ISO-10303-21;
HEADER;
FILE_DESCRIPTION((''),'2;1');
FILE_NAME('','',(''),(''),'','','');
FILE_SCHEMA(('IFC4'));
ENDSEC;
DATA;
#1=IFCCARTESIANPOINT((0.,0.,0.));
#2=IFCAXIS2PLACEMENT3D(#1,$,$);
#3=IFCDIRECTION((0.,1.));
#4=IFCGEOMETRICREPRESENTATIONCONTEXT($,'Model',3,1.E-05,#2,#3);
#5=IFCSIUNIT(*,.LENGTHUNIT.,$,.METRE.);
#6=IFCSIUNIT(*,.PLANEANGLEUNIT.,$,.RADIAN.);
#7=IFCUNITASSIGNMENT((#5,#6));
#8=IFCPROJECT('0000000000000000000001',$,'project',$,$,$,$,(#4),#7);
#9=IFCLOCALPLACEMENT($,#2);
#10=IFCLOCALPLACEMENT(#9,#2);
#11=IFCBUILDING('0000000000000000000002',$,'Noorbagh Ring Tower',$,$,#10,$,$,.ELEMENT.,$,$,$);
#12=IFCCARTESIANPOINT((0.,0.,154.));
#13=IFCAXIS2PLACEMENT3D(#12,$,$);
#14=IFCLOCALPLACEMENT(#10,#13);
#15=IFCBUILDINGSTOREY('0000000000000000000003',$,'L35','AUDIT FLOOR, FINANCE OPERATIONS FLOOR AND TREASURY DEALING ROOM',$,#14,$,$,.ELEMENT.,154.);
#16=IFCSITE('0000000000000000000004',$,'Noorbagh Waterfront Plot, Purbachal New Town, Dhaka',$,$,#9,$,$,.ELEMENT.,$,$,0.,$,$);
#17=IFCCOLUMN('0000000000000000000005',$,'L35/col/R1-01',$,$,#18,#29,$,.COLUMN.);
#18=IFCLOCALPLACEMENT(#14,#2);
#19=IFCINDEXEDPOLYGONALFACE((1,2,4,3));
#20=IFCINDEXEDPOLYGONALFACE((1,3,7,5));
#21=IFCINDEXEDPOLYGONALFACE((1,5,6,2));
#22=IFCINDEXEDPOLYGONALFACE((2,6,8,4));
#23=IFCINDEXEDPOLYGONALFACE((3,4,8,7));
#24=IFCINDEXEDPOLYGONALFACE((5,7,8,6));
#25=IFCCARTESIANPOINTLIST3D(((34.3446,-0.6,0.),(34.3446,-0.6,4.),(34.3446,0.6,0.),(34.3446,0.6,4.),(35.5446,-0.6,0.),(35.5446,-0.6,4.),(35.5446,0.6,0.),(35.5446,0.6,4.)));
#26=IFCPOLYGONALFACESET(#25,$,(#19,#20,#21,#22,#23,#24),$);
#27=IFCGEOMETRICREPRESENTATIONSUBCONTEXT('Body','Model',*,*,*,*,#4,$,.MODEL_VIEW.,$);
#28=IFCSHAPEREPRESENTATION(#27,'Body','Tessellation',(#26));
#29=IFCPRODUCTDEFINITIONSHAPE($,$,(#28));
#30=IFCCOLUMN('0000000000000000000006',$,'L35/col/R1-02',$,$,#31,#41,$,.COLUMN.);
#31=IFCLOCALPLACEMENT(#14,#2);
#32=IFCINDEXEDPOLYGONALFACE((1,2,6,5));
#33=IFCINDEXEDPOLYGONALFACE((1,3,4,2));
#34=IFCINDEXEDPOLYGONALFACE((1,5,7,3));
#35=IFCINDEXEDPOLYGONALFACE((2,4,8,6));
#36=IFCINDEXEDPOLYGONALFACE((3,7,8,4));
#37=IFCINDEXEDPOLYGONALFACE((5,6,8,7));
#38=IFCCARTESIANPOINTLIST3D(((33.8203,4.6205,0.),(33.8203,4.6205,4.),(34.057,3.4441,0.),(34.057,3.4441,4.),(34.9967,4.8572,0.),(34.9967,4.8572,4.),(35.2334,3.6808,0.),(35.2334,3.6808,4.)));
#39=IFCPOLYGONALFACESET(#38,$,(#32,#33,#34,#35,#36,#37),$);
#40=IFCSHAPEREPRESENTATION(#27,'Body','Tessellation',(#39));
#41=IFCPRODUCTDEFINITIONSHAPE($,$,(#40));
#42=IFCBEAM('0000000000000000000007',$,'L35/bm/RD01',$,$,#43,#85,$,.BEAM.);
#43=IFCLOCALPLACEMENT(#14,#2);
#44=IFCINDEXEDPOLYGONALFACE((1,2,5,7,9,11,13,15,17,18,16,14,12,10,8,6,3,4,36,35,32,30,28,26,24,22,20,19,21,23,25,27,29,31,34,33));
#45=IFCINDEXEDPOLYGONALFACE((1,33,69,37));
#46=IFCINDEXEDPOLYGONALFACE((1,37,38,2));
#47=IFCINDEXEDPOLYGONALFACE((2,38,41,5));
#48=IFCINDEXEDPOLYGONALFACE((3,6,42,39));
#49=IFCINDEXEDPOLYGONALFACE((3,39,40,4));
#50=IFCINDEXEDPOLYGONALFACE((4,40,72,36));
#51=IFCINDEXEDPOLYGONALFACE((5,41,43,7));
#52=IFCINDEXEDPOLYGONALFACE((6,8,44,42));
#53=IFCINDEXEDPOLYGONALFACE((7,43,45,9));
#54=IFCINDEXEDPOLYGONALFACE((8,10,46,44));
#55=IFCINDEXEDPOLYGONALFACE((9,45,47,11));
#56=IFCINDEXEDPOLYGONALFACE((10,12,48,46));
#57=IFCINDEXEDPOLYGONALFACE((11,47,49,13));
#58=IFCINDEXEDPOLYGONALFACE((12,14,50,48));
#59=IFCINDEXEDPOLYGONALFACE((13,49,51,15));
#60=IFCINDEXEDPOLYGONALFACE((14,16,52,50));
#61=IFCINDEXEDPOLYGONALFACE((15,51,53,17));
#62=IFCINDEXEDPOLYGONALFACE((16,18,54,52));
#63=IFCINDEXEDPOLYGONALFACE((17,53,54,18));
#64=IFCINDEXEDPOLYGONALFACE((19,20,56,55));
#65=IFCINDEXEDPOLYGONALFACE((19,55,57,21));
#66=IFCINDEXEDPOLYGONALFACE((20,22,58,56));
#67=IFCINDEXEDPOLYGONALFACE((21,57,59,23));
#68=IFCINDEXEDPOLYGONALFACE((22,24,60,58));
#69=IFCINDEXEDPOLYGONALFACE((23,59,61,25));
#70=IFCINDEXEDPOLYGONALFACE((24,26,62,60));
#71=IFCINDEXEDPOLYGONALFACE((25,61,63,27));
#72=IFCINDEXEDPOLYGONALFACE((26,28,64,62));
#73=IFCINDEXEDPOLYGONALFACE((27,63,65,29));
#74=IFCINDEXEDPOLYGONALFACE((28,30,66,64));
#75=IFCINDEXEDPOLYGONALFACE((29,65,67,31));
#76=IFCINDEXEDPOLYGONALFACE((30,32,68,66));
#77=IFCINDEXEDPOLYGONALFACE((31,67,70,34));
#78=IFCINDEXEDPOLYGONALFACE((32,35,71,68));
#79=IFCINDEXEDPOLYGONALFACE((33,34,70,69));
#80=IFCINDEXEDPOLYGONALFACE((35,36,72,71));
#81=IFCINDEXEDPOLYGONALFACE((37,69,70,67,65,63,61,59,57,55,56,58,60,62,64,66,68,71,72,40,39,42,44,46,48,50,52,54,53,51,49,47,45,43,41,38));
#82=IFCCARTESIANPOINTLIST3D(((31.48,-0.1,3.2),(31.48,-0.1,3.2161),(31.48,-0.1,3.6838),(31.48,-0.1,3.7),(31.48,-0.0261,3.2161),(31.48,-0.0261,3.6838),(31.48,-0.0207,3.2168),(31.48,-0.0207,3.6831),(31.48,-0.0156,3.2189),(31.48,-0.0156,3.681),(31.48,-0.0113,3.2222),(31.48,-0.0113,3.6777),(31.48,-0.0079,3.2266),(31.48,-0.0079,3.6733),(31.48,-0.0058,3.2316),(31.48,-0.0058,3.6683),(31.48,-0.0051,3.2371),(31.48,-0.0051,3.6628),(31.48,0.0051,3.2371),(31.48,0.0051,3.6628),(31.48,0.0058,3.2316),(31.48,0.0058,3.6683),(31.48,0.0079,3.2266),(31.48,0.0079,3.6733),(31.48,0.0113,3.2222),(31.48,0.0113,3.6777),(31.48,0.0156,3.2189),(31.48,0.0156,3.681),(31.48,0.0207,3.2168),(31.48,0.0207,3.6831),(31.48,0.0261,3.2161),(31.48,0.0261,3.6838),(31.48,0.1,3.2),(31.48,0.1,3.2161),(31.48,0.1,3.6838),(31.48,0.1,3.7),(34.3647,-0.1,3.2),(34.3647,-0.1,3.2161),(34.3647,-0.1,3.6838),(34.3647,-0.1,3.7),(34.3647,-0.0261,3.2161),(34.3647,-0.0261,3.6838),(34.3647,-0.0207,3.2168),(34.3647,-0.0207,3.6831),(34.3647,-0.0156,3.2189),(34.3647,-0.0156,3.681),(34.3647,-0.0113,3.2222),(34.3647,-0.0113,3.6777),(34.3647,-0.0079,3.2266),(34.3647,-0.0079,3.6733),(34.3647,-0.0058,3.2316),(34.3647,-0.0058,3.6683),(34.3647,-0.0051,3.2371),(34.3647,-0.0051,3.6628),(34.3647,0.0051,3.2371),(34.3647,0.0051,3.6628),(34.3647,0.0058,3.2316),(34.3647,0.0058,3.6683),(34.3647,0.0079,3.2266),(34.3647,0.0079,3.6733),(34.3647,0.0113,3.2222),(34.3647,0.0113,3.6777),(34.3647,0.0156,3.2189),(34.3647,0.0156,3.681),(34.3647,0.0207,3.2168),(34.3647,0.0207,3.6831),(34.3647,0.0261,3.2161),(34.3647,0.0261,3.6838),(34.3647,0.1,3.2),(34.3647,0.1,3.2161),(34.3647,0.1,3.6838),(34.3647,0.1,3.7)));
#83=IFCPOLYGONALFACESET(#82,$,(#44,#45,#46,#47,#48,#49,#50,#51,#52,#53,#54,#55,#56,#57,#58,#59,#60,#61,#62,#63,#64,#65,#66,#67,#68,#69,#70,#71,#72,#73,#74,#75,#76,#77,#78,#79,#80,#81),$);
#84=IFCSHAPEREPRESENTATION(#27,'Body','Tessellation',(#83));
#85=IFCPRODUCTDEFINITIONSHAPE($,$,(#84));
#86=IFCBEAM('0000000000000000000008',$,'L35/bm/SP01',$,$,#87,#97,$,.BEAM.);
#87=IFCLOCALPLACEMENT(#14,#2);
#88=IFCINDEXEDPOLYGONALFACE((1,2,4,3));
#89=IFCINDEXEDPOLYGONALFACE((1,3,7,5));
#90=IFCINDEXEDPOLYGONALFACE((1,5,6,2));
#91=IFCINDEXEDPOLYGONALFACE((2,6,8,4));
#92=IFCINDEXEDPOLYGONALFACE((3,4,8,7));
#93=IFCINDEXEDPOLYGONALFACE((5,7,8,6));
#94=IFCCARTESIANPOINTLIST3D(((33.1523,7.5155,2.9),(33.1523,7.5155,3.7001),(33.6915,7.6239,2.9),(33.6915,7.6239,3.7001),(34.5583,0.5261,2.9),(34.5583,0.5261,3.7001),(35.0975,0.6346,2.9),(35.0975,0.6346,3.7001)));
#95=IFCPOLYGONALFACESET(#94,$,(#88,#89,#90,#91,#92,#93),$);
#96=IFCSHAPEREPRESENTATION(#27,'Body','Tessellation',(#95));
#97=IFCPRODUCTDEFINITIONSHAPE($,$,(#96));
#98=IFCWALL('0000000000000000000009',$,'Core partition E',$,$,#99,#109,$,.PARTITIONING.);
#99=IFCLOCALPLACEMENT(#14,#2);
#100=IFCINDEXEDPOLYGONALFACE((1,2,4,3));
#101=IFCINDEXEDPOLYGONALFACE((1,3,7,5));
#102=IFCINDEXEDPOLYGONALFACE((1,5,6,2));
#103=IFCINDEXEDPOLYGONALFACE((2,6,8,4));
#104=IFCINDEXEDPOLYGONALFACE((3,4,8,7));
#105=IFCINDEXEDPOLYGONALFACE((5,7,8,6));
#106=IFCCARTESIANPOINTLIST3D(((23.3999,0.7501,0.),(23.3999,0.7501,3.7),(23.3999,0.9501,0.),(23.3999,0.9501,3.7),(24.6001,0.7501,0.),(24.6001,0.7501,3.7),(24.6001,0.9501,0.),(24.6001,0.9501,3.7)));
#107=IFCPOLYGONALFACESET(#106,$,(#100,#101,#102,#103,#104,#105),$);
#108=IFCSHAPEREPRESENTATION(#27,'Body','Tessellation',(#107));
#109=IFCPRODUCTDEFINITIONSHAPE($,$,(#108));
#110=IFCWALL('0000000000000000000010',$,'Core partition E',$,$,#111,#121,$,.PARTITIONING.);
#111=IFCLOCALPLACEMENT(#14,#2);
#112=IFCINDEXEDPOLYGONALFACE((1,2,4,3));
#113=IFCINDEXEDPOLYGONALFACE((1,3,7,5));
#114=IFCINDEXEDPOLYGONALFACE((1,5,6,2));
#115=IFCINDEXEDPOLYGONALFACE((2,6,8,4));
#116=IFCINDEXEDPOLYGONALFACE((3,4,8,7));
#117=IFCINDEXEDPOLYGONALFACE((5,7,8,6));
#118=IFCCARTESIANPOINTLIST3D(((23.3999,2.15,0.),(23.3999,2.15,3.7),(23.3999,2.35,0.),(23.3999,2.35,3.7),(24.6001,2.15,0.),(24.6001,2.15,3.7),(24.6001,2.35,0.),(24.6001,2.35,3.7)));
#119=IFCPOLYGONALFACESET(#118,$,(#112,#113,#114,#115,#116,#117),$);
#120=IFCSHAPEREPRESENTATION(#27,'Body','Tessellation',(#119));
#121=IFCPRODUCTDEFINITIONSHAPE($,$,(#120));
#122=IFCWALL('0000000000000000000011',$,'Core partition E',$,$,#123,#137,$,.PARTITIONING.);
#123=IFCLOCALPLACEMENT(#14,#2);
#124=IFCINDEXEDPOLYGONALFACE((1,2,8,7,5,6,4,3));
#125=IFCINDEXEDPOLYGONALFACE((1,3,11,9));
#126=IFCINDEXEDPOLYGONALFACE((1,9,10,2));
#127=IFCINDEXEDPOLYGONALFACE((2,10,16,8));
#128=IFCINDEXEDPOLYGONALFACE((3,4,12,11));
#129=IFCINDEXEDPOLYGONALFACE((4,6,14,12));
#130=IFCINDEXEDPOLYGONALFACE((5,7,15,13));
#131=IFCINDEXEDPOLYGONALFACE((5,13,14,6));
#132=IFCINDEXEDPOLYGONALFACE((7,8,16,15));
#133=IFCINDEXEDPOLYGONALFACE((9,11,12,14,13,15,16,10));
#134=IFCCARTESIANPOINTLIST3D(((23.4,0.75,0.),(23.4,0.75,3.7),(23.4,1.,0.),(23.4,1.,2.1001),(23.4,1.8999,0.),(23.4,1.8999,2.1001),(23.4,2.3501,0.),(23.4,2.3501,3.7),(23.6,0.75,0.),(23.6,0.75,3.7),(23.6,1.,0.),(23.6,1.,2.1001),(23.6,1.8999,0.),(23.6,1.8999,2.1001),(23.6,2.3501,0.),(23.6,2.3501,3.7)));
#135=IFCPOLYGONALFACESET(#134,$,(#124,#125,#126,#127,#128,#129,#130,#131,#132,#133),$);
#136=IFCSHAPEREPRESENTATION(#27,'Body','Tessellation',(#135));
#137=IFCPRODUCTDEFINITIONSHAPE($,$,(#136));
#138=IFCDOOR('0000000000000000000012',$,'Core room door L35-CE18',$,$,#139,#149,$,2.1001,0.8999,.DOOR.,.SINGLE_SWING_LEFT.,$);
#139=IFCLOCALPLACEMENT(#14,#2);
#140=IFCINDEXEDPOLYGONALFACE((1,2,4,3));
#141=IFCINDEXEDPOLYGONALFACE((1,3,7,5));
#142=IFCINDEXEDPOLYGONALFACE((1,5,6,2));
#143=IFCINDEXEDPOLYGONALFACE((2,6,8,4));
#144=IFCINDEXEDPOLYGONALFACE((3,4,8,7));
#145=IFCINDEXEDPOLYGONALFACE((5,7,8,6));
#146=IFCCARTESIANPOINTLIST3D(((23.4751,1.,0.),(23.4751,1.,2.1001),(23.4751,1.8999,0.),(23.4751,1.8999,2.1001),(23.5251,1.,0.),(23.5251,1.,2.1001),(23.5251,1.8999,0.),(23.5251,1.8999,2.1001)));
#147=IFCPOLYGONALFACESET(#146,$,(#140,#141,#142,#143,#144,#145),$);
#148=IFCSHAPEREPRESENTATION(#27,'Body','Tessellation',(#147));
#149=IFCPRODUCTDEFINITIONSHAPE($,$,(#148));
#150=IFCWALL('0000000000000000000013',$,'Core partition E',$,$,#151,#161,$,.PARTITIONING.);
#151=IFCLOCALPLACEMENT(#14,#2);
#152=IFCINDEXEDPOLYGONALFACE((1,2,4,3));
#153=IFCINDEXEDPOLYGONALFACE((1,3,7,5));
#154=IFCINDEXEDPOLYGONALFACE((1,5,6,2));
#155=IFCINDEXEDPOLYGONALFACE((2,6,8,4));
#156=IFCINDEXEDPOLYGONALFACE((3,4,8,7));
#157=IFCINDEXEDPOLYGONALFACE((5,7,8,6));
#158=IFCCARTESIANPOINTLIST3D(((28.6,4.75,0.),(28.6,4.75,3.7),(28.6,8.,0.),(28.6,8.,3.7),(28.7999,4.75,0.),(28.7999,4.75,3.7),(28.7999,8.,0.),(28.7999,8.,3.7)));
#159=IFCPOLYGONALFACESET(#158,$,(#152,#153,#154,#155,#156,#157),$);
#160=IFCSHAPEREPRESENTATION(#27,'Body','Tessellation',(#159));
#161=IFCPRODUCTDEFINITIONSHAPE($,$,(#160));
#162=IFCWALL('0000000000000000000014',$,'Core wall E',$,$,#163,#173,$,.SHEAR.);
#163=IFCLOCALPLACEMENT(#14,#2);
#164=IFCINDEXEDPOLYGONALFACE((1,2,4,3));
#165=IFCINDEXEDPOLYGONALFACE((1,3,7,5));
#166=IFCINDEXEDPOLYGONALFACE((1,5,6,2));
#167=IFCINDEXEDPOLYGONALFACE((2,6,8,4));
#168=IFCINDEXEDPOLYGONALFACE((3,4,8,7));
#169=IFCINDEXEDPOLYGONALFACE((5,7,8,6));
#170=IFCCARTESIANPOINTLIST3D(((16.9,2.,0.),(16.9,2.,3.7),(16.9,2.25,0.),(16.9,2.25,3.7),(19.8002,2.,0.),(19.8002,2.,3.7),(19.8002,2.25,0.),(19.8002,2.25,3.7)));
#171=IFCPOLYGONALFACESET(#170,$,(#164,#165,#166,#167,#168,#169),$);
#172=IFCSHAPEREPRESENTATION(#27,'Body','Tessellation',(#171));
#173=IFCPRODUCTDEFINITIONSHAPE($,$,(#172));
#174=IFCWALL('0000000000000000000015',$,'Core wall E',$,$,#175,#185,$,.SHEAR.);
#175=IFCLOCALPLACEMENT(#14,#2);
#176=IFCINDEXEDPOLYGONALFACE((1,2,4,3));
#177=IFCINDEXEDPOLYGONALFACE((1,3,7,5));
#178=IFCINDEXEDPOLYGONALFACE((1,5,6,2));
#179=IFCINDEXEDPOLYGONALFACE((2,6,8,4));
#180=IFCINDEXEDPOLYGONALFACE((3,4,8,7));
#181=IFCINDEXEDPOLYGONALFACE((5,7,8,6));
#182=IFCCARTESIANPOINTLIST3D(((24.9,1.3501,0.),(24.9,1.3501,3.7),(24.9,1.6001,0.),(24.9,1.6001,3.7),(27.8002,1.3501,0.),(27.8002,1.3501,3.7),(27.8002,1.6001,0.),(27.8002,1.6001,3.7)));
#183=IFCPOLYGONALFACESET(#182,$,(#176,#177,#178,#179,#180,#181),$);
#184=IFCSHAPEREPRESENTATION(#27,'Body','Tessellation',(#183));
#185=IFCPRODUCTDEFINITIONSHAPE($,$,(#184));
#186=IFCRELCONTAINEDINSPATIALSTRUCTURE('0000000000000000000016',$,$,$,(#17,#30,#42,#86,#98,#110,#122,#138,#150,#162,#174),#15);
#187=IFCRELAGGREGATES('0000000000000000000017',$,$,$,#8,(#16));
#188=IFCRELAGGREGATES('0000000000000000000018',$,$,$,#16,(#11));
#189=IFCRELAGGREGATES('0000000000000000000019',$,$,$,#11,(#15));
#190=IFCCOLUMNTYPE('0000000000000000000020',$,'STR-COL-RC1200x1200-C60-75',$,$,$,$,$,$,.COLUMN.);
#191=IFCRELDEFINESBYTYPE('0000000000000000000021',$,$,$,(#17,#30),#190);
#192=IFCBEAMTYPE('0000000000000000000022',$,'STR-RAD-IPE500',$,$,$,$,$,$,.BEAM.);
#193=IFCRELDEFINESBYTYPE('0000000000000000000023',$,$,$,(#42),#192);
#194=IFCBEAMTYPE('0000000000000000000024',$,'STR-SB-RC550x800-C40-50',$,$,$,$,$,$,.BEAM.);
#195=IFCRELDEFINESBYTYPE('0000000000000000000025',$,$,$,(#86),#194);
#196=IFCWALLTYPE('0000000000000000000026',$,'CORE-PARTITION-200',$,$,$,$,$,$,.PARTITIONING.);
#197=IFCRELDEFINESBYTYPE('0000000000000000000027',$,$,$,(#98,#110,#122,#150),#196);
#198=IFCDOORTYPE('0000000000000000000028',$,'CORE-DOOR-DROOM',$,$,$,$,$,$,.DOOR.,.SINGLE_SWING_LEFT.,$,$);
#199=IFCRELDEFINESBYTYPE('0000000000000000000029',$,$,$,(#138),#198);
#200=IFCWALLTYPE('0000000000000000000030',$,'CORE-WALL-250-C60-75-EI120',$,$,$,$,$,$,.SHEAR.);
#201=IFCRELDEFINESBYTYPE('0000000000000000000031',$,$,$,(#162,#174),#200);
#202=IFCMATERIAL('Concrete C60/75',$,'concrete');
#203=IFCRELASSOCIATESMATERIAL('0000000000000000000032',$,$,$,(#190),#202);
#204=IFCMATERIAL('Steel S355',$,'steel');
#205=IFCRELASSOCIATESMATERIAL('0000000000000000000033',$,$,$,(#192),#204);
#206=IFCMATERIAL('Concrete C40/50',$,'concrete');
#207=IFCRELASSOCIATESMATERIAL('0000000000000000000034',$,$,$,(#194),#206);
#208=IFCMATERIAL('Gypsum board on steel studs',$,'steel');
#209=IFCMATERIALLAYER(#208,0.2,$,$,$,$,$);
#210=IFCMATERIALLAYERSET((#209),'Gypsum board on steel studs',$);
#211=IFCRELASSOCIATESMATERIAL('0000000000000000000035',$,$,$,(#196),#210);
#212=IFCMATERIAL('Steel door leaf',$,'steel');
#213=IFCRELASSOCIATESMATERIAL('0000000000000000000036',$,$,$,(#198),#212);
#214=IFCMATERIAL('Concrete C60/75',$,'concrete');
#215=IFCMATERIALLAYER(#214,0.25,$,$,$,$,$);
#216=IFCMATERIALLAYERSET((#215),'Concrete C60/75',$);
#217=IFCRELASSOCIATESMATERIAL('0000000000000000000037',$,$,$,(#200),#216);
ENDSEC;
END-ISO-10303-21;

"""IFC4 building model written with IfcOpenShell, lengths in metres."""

from ifc_helpers import new_model, si_unit, direction, frame, frame_2d, origin, origin_2d, place, context, subcontext, project, spatial, rectangle, i_section, extrude, material, layer, layer_set, material_profile, profile_set, type_object, element, fill, save


model = new_model("IFC4")

# Units and contexts
model_context = context("Model", 3, precision=1e-05, world=origin(), true_north=direction((0.0, 1.0)))
body_context = subcontext(model_context, "Body", "Model", "MODEL_VIEW")
ifc_project = project(units=[si_unit("LENGTHUNIT", "METRE"), si_unit("PLANEANGLEUNIT", "RADIAN")], contexts=[model_context])

# Site, building, storey
site_placement = place(None, origin())
site = spatial("IfcSite", under=ifc_project, at=site_placement, Name="Noorbagh Waterfront Plot, Purbachal New Town, Dhaka", CompositionType="ELEMENT", RefElevation=0.0)
building_placement = place(site_placement, origin())
building = spatial("IfcBuilding", under=site, at=building_placement, Name="Noorbagh Ring Tower", CompositionType="ELEMENT")
storey_placement = place(building_placement, frame((0.0, 0.0, 154.0)))
storey = spatial("IfcBuildingStorey", under=building, at=storey_placement, Name="L35", Description="AUDIT FLOOR, FINANCE OPERATIONS FLOOR AND TREASURY DEALING ROOM", CompositionType="ELEMENT", Elevation=154.0)

# Columns
ifc_material_1 = material(Name="Concrete C60/75", Category="concrete")
ifc_material_profile_1 = material_profile(ifc_material_1, rectangle(XDim=1.2, YDim=1.2, at=origin_2d()), Name="RC1200x1200")
ifc_profile_set_1 = profile_set([ifc_material_profile_1], Name="Concrete C60/75")
column_type = type_object("IfcColumnType", Name="STR-COL-RC1200x1200-C60-75", PredefinedType="COLUMN", material=ifc_profile_set_1)
for number, where, z_axis, x_axis, name in (
    (1, (34.9446, 0.0, 0.0), (0.0, 0.0, 1.0), (0.0, 1.0, 0.0), "L35/col/R1-01"),
    (2, (34.5269, 4.1506, 0.0), (0.0, 0.0, 1.0), (-0.19723, 0.980357, 0.0), "L35/col/R1-02"),
):
    element("IfcColumn", number, at=place(storey_placement, frame(where, z_axis=z_axis, x_axis=x_axis)), inside=storey, type_object=column_type, Name=name, PredefinedType="COLUMN", context=body_context, shape_type="SweptSolid", body=[
        extrude(rectangle(XDim=1.2, YDim=1.2, at=origin_2d()), origin(), (0.0, 0.0, 1.0), 4.0),
    ])

# Beams
ifc_material_2 = material(Name="Steel S355", Category="steel")
ifc_material_profile_2 = material_profile(ifc_material_2, i_section(OverallWidth=0.2, OverallDepth=0.5, WebThickness=0.0103, FlangeThickness=0.0161, FilletRadius=0.021, at=origin_2d()), Name="IPE500")
ifc_profile_set_2 = profile_set([ifc_material_profile_2], Name="Steel S355")
beam_type_1 = type_object("IfcBeamType", Name="STR-RAD-IPE500", PredefinedType="BEAM", material=ifc_profile_set_2)
beam_1_placement = place(storey_placement, frame((34.3647, 0.0, 3.45), z_axis=(-1.0, 0.0, 0.0), x_axis=(0.0, -1.0, 0.0)))
element("IfcBeam", 3, at=beam_1_placement, inside=storey, type_object=beam_type_1, Name="L35/bm/RD01", PredefinedType="BEAM", context=body_context, shape_type="SweptSolid", body=[
    extrude(i_section(OverallWidth=0.2, OverallDepth=0.5, WebThickness=0.0103, FlangeThickness=0.0161, FilletRadius=0.021, at=origin_2d()), origin(), (0.0, 0.0, 1.0), 2.8848),
])
ifc_material_3 = material(Name="Concrete C40/50", Category="concrete")
ifc_material_profile_3 = material_profile(ifc_material_3, rectangle(XDim=0.55, YDim=0.8, at=origin_2d()), Name="RC550x800")
ifc_profile_set_3 = profile_set([ifc_material_profile_3], Name="Concrete C40/50")
beam_type_2 = type_object("IfcBeamType", Name="STR-SB-RC550x800-C40-50", PredefinedType="BEAM", material=ifc_profile_set_3)
beam_2_placement = place(storey_placement, frame((34.8279, 0.5803, 3.3), z_axis=(-0.197209, 0.980361, 0.0), x_axis=(-0.980361, -0.197209, 0.0)))
element("IfcBeam", 4, at=beam_2_placement, inside=storey, type_object=beam_type_2, Name="L35/bm/SP01", PredefinedType="BEAM", context=body_context, shape_type="SweptSolid", body=[
    extrude(rectangle(XDim=0.55, YDim=0.8, at=origin_2d()), origin(), (0.0, 0.0, 1.0), 7.1294),
])

# Walls
ifc_material_4 = material(Name="Gypsum board on steel studs", Category="steel")
ifc_layer_1 = layer(ifc_material_4, 0.2)
ifc_layer_set_1 = layer_set([ifc_layer_1], Name="Gypsum board on steel studs")
wall_type_1 = type_object("IfcWallType", Name="CORE-PARTITION-200", PredefinedType="PARTITIONING", material=ifc_layer_set_1)
for number, where, z_axis, x_axis, name in (
    (5, (23.3999, 0.8501, 0.0), (0.0, 0.0, 1.0), (1.0, 0.0, 0.0), "Core partition E"),
    (6, (23.3999, 2.25, 0.0), (0.0, 0.0, 1.0), (1.0, 0.0, 0.0), "Core partition E"),
):
    element("IfcWall", number, at=place(storey_placement, frame(where, z_axis=z_axis, x_axis=x_axis)), inside=storey, type_object=wall_type_1, Name=name, PredefinedType="PARTITIONING", context=body_context, shape_type="SweptSolid", body=[
        extrude(rectangle(XDim=1.2002, YDim=0.2, at=frame_2d((0.6001, 0.0))), origin(), (0.0, 0.0, 1.0), 3.7),
    ])

# Wall, opening, door
wall_1_placement = place(storey_placement, frame((23.5, 0.75, 0.0), z_axis=(0.0, 0.0, 1.0), x_axis=(0.0, 1.0, 0.0)))
wall_1 = element("IfcWall", 7, at=wall_1_placement, inside=storey, type_object=wall_type_1, Name="Core partition E", PredefinedType="PARTITIONING", context=body_context, shape_type="SweptSolid", body=[
    extrude(rectangle(XDim=1.6001, YDim=0.2, at=frame_2d((0.8, 0.0))), origin(), (0.0, 0.0, 1.0), 3.7),
])
opening_1_placement = place(wall_1_placement, frame((0.25, 0.0, 0.0)))
opening_1 = element("IfcOpeningElement", 8, at=opening_1_placement, cuts=wall_1, PredefinedType="OPENING", context=body_context, shape_type="SweptSolid", body=[
    extrude(rectangle(XDim=0.8999, YDim=2.1001, at=frame_2d((0.45, 1.05))), frame((0.0, 0.1099, 0.0), z_axis=(0.0, -1.0, 0.0), x_axis=(1.0, 0.0, 0.0)), (0.0, 0.0, 1.0), 0.22),
])
ifc_material_5 = material(Name="Steel door leaf", Category="steel")
door_type_1 = type_object("IfcDoorType", Name="CORE-DOOR-DROOM", OperationType="SINGLE_SWING_LEFT", PredefinedType="DOOR", material=ifc_material_5)
door_1_placement = place(opening_1_placement, origin())
door_1 = element("IfcDoor", 9, at=door_1_placement, inside=storey, type_object=door_type_1, Name="Core room door L35-CE18", OperationType="SINGLE_SWING_LEFT", OverallHeight=2.1001, OverallWidth=0.8999, PredefinedType="DOOR", context=body_context, shape_type="SweptSolid", body=[
    extrude(rectangle(XDim=0.8999, YDim=2.1001, at=frame_2d((0.45, 1.05))), frame((0.0, 0.0249, 0.0), z_axis=(0.0, -1.0, 0.0), x_axis=(1.0, 0.0, 0.0)), (0.0, 0.0, 1.0), 0.05),
])
fill(opening_1, door_1)

# Walls
wall_2_placement = place(storey_placement, frame((28.7, 4.75, 0.0), z_axis=(0.0, 0.0, 1.0), x_axis=(0.0, 1.0, 0.0)))
element("IfcWall", 10, at=wall_2_placement, inside=storey, type_object=wall_type_1, Name="Core partition E", PredefinedType="PARTITIONING", context=body_context, shape_type="SweptSolid", body=[
    extrude(rectangle(XDim=3.25, YDim=0.2, at=frame_2d((1.625, 0.0))), origin(), (0.0, 0.0, 1.0), 3.7),
])
ifc_material_6 = material(Name="Concrete C60/75", Category="concrete")
ifc_layer_2 = layer(ifc_material_6, 0.25)
ifc_layer_set_2 = layer_set([ifc_layer_2], Name="Concrete C60/75")
wall_type_2 = type_object("IfcWallType", Name="CORE-WALL-250-C60-75-EI120", PredefinedType="SHEAR", material=ifc_layer_set_2)
for number, where, z_axis, x_axis, name in (
    (11, (16.8999, 2.125, 0.0), (0.0, 0.0, 1.0), (1.0, 0.0, 0.0), "Core wall E"),
    (12, (24.8999, 1.4751, 0.0), (0.0, 0.0, 1.0), (1.0, 0.0, 0.0), "Core wall E"),
):
    element("IfcWall", number, at=place(storey_placement, frame(where, z_axis=z_axis, x_axis=x_axis)), inside=storey, type_object=wall_type_2, Name=name, PredefinedType="SHEAR", context=body_context, shape_type="SweptSolid", body=[
        extrude(rectangle(XDim=2.9001, YDim=0.25, at=frame_2d((1.4502, 0.0))), origin(), (0.0, 0.0, 1.0), 3.7),
    ])

save(model, "model.ifc")
